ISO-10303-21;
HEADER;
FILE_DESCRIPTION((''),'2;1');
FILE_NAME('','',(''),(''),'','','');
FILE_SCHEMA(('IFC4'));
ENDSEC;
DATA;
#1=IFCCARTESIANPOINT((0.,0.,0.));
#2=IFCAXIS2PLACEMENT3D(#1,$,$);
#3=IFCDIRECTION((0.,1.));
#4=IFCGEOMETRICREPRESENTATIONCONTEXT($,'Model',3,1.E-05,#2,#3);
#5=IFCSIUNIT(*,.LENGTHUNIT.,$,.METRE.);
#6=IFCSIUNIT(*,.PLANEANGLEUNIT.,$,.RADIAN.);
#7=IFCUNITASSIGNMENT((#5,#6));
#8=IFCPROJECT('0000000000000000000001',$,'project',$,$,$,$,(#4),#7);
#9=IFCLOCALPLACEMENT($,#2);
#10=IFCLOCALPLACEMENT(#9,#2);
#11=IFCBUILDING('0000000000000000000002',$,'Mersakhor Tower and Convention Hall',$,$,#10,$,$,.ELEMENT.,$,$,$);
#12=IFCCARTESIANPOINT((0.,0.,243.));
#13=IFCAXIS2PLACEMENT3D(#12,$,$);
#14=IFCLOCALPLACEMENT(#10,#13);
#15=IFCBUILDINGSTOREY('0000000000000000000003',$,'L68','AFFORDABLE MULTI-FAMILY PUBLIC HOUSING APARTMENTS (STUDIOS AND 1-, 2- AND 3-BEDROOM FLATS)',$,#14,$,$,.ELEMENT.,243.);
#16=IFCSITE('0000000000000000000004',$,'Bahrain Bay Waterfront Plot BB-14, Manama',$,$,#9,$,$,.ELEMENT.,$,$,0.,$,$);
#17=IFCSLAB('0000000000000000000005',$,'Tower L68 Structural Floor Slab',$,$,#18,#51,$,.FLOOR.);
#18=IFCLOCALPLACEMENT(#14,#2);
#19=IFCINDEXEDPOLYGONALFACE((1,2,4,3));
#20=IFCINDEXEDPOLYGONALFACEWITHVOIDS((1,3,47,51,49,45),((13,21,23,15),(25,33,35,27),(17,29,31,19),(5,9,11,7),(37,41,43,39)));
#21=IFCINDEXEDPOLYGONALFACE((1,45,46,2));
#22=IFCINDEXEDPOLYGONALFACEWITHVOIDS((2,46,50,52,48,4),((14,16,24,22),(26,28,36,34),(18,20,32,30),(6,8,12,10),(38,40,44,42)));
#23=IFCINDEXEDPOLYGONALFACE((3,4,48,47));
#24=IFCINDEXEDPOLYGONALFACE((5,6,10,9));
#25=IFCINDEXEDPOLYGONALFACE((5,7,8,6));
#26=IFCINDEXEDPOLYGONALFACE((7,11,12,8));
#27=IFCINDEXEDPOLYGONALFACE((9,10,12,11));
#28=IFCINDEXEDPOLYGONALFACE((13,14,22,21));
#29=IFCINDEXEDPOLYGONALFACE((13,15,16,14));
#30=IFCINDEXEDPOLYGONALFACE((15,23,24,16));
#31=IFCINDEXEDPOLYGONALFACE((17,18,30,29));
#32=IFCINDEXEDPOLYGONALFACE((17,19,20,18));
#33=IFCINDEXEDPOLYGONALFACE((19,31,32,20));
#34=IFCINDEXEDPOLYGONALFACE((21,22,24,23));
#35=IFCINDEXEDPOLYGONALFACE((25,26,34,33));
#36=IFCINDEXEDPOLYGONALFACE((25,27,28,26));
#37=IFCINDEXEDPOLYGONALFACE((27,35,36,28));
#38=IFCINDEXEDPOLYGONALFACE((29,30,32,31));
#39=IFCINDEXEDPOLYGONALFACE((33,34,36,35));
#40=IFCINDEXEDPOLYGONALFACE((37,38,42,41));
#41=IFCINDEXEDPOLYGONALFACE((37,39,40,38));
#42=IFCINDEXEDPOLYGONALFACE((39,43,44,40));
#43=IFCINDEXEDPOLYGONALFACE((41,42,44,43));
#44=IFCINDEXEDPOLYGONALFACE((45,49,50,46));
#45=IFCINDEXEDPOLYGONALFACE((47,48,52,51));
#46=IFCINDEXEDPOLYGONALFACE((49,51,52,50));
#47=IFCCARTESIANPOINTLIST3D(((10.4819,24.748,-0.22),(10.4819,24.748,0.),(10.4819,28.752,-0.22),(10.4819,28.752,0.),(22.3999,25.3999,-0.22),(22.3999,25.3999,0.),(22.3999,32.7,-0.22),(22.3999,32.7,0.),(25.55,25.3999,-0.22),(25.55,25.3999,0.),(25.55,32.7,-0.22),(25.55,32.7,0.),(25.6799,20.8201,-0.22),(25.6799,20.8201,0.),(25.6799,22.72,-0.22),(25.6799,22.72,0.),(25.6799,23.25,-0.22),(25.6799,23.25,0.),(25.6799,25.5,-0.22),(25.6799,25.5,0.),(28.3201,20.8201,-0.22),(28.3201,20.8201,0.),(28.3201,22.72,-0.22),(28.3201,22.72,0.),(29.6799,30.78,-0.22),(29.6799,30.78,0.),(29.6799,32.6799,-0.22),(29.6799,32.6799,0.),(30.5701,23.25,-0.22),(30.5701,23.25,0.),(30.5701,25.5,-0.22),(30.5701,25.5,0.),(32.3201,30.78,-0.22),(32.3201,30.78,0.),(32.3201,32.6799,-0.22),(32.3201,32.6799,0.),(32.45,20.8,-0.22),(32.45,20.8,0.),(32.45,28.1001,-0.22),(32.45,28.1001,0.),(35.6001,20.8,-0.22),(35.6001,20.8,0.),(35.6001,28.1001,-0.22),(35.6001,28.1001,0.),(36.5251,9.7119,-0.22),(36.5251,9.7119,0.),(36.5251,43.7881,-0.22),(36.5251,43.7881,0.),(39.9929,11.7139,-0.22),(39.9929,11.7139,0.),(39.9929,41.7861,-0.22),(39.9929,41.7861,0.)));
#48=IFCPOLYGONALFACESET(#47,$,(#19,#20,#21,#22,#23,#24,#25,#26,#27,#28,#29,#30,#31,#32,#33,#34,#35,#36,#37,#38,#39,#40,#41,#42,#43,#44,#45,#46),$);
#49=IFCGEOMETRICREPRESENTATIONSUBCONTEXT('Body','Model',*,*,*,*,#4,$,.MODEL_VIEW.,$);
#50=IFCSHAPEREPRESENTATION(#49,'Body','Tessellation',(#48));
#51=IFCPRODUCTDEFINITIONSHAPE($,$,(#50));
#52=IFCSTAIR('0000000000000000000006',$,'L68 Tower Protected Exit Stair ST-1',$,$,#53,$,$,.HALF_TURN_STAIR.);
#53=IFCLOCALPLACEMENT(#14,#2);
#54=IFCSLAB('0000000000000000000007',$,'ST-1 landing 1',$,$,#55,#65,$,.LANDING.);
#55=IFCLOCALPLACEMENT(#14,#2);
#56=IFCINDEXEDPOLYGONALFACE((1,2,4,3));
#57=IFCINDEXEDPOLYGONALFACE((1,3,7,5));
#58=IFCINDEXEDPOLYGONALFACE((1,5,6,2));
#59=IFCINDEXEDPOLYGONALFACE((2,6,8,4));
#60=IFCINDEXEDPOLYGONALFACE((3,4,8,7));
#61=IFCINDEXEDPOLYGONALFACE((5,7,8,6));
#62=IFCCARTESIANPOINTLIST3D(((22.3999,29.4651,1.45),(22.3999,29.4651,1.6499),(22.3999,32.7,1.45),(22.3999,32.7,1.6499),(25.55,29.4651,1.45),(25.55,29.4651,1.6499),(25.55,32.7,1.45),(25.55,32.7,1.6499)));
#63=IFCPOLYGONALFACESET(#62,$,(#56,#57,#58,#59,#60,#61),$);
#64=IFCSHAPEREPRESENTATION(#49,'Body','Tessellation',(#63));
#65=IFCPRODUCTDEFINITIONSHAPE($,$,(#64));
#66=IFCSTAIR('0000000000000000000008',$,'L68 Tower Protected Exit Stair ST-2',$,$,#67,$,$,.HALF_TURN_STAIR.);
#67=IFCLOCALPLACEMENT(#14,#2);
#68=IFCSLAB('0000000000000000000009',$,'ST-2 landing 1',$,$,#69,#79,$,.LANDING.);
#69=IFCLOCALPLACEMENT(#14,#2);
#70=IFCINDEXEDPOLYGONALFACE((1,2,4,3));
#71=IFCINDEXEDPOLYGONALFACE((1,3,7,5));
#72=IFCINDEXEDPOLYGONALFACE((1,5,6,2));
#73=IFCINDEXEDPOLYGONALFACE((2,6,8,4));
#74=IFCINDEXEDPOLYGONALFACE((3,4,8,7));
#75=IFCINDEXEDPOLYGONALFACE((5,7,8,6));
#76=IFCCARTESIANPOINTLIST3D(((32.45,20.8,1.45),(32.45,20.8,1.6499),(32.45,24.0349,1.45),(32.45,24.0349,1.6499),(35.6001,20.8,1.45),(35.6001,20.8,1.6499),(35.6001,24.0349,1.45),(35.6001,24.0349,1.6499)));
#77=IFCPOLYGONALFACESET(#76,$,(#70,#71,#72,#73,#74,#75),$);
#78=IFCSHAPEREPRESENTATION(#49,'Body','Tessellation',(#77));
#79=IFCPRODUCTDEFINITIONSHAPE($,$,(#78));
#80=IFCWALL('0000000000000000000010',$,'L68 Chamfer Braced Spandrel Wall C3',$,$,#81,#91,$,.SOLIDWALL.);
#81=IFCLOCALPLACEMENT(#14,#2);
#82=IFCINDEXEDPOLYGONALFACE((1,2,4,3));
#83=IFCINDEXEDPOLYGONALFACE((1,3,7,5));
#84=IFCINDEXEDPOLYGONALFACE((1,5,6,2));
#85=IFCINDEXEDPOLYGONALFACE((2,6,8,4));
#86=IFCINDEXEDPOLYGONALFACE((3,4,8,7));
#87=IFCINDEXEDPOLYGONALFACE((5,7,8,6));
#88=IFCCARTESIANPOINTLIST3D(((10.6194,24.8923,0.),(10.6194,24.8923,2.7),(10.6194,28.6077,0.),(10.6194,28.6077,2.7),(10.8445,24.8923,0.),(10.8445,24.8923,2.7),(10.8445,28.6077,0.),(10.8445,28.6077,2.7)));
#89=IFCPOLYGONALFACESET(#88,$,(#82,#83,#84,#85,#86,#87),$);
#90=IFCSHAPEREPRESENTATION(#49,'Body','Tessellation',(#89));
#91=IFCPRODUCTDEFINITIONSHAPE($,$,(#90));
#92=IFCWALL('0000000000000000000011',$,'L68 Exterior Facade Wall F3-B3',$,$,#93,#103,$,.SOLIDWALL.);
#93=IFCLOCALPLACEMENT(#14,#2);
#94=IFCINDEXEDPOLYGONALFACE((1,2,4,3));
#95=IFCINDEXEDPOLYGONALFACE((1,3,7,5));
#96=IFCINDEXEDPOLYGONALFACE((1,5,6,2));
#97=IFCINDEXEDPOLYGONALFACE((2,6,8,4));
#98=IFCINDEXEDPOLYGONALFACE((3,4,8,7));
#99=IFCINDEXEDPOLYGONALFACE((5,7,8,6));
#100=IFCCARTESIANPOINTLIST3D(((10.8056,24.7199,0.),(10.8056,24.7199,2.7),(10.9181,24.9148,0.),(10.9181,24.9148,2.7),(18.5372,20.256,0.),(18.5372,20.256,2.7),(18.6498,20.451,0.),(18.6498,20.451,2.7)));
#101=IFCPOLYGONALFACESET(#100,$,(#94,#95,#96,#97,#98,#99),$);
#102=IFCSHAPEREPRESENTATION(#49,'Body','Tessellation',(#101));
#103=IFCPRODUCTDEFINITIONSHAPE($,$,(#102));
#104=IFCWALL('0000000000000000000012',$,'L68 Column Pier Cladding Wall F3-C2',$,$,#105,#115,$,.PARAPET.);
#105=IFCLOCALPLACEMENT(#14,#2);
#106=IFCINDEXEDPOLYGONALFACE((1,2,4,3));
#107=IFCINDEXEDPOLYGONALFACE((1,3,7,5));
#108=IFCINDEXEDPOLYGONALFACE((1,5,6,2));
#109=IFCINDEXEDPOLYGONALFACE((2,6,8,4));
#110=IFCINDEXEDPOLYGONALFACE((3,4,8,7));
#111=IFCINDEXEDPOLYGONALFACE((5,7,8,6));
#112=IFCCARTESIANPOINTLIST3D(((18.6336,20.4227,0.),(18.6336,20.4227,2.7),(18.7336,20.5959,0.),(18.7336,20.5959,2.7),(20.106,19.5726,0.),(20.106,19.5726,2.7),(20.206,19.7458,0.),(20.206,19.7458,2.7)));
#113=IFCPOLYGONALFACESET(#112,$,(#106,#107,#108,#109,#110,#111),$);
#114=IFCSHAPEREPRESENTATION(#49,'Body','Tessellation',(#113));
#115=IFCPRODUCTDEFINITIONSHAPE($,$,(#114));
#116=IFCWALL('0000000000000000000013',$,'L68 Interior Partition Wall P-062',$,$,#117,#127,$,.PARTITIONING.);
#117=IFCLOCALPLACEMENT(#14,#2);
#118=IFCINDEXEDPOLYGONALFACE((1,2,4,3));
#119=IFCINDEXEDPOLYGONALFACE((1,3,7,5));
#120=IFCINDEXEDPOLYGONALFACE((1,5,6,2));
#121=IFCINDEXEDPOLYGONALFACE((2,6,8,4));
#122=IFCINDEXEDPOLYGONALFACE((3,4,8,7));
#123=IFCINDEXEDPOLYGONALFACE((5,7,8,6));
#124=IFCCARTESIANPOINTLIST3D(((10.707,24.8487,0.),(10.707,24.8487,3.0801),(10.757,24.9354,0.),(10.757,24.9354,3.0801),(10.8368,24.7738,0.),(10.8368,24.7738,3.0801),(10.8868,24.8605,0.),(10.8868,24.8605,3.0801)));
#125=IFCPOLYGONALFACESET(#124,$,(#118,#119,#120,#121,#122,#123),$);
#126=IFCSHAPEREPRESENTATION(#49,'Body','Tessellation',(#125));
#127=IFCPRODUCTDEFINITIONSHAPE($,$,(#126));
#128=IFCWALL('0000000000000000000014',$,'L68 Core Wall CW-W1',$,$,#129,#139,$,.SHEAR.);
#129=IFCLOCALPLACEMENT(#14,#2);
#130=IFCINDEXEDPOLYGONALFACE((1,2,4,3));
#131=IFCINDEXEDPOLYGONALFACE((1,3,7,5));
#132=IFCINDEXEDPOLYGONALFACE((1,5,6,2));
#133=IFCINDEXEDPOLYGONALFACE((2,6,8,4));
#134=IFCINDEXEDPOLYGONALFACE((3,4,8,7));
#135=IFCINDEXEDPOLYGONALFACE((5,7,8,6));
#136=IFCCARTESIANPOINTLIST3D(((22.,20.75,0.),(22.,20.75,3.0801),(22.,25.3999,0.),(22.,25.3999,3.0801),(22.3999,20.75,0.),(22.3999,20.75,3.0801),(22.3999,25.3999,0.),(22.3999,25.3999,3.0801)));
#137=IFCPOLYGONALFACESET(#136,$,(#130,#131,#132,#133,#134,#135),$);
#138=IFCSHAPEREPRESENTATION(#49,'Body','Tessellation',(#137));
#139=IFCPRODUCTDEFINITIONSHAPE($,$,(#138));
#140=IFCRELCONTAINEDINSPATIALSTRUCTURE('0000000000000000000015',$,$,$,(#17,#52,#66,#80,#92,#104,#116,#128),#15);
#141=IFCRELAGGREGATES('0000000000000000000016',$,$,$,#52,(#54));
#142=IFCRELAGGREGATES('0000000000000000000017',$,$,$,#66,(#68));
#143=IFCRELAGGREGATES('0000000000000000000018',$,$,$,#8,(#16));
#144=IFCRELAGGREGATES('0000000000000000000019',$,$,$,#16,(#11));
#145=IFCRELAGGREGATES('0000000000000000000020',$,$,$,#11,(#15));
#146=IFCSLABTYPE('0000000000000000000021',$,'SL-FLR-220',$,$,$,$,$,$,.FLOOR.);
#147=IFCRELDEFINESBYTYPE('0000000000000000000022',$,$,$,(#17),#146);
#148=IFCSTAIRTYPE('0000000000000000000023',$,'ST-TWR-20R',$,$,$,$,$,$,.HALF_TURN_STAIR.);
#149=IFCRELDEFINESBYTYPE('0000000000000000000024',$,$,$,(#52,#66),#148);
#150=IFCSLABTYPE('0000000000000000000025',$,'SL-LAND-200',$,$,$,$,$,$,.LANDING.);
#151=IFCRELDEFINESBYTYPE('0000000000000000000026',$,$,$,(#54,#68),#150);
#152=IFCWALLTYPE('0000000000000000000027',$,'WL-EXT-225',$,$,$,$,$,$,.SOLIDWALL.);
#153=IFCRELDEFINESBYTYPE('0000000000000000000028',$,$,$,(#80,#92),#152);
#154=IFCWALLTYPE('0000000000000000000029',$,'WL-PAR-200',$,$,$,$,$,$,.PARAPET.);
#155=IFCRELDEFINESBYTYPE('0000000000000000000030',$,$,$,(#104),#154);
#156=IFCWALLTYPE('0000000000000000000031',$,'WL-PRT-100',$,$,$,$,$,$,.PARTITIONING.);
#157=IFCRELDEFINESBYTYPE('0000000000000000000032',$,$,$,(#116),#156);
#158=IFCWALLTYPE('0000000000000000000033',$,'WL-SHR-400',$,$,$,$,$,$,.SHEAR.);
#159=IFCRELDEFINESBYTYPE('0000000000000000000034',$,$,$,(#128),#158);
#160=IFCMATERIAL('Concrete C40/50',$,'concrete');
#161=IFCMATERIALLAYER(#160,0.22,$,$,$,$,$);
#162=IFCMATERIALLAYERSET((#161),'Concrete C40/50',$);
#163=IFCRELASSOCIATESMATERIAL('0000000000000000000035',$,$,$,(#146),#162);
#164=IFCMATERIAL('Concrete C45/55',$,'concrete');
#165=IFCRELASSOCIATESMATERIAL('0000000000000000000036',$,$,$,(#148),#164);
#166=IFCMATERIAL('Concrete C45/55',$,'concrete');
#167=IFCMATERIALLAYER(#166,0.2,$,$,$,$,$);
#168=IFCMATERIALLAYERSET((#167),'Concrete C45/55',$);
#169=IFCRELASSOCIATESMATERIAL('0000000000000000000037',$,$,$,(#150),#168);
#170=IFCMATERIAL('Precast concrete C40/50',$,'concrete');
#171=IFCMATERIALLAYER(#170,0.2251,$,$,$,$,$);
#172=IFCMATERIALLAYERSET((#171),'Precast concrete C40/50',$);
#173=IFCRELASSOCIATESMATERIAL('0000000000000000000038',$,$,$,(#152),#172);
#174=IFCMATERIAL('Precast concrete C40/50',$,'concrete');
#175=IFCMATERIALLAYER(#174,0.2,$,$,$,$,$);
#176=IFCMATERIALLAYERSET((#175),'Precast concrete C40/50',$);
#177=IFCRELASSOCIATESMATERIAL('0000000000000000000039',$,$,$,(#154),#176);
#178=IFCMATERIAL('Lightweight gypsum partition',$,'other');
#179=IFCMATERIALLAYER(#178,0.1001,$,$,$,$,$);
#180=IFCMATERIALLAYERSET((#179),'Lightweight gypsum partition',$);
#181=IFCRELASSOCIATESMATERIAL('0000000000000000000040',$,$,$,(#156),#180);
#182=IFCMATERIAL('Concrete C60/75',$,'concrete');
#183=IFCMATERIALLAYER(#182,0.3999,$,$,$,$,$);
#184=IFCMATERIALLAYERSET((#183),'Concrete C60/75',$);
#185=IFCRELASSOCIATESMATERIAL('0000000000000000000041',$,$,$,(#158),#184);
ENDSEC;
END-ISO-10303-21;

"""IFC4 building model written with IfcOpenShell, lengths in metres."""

from ifc_helpers import new_model, si_unit, direction, frame, frame_2d, origin, place, context, subcontext, project, spatial, polyline, rectangle, outline, extrude, material, layer, layer_set, type_object, element, aggregate, save


model = new_model("IFC4")

# Units and contexts
model_context = context("Model", 3, precision=1e-05, world=origin(), true_north=direction((0.0, 1.0)))
body_context = subcontext(model_context, "Body", "Model", "MODEL_VIEW")
ifc_project = project(units=[si_unit("LENGTHUNIT", "METRE"), si_unit("PLANEANGLEUNIT", "RADIAN")], contexts=[model_context])

# Site, building, storey
site_placement = place(None, origin())
site = spatial("IfcSite", under=ifc_project, at=site_placement, Name="Bahrain Bay Waterfront Plot BB-14, Manama", CompositionType="ELEMENT", RefElevation=0.0)
building_placement = place(site_placement, origin())
building = spatial("IfcBuilding", under=site, at=building_placement, Name="Mersakhor Tower and Convention Hall", CompositionType="ELEMENT")
storey_placement = place(building_placement, frame((0.0, 0.0, 243.0)))
storey = spatial("IfcBuildingStorey", under=building, at=storey_placement, Name="L68", Description="AFFORDABLE MULTI-FAMILY PUBLIC HOUSING APARTMENTS (STUDIOS AND 1-, 2- AND 3-BEDROOM FLATS)", CompositionType="ELEMENT", Elevation=243.0)

# Slab
ifc_material_1 = material(Name="Concrete C40/50", Category="concrete")
ifc_layer_1 = layer(ifc_material_1, 0.22)
ifc_layer_set_1 = layer_set([ifc_layer_1], Name="Concrete C40/50")
slab_type_1 = type_object("IfcSlabType", Name="SL-FLR-220", PredefinedType="FLOOR", material=ifc_layer_set_1)
slab_1_placement = place(storey_placement, frame((0.0, 0.0, -0.22)))
element("IfcSlab", 1, at=slab_1_placement, inside=storey, type_object=slab_type_1, Name="Tower L68 Structural Floor Slab", PredefinedType="FLOOR", context=body_context, shape_type="SweptSolid", body=[
    extrude(outline(polyline([(10.4819, 28.752), (36.5251, 43.7881), (39.9929, 41.7861), (39.9929, 11.7139), (36.5251, 9.7119), (10.4819, 24.748), (10.4819, 28.752)]), holes=[polyline([(25.55, 25.3999), (25.55, 32.7), (22.3999, 32.7), (22.3999, 25.3999), (25.55, 25.3999)]), polyline([(32.45, 28.1001), (32.45, 20.8), (35.6001, 20.8), (35.6001, 28.1001), (32.45, 28.1001)]), polyline([(25.6799, 20.8201), (25.6799, 22.72), (28.3201, 22.72), (28.3201, 20.8201), (25.6799, 20.8201)]), polyline([(29.6799, 30.78), (29.6799, 32.6799), (32.3201, 32.6799), (32.3201, 30.78), (29.6799, 30.78)]), polyline([(25.6799, 23.25), (25.6799, 25.5), (30.5701, 25.5), (30.5701, 23.25), (25.6799, 23.25)])]), origin(), (0.0, 0.0, 1.0), 0.22),
])

# Stairs, slabs
ifc_material_2 = material(Name="Concrete C45/55", Category="concrete")
stair_type = type_object("IfcStairType", Name="ST-TWR-20R", PredefinedType="HALF_TURN_STAIR", material=ifc_material_2)
stair_1_placement = place(storey_placement, origin())
stair_1 = element("IfcStair", 2, at=stair_1_placement, inside=storey, type_object=stair_type, Name="L68 Tower Protected Exit Stair ST-1", PredefinedType="HALF_TURN_STAIR")
ifc_material_3 = material(Name="Concrete C45/55", Category="concrete")
ifc_layer_2 = layer(ifc_material_3, 0.2)
ifc_layer_set_2 = layer_set([ifc_layer_2], Name="Concrete C45/55")
slab_type_2 = type_object("IfcSlabType", Name="SL-LAND-200", PredefinedType="LANDING", material=ifc_layer_set_2)
slab_2_placement = place(storey_placement, frame((0.0, 0.0, 1.45)))
slab_2 = element("IfcSlab", 3, at=slab_2_placement, type_object=slab_type_2, Name="ST-1 landing 1", PredefinedType="LANDING", context=body_context, shape_type="SweptSolid", body=[
    extrude(outline(polyline([(25.55, 29.4651), (25.55, 32.7), (22.3999, 32.7), (22.3999, 29.4651), (25.55, 29.4651)])), origin(), (0.0, 0.0, 1.0), 0.2),
])
aggregate(stair_1, [slab_2])
stair_2_placement = place(storey_placement, origin())
stair_2 = element("IfcStair", 4, at=stair_2_placement, inside=storey, type_object=stair_type, Name="L68 Tower Protected Exit Stair ST-2", PredefinedType="HALF_TURN_STAIR")
slab_3_placement = place(storey_placement, frame((0.0, 0.0, 1.45)))
slab_3 = element("IfcSlab", 5, at=slab_3_placement, type_object=slab_type_2, Name="ST-2 landing 1", PredefinedType="LANDING", context=body_context, shape_type="SweptSolid", body=[
    extrude(outline(polyline([(32.45, 24.0349), (32.45, 20.8), (35.6001, 20.8), (35.6001, 24.0349), (32.45, 24.0349)])), origin(), (0.0, 0.0, 1.0), 0.2),
])
aggregate(stair_2, [slab_3])

# Walls
ifc_material_4 = material(Name="Precast concrete C40/50", Category="concrete")
ifc_layer_3 = layer(ifc_material_4, 0.2251)
ifc_layer_set_3 = layer_set([ifc_layer_3], Name="Precast concrete C40/50")
wall_type_1 = type_object("IfcWallType", Name="WL-EXT-225", PredefinedType="SOLIDWALL", material=ifc_layer_set_3)
wall_1_placement = place(storey_placement, frame((10.7319, 24.8923, 0.0), z_axis=(0.0, 0.0, 1.0), x_axis=(0.0, 1.0, 0.0)))
element("IfcWall", 6, at=wall_1_placement, inside=storey, type_object=wall_type_1, Name="L68 Chamfer Braced Spandrel Wall C3", PredefinedType="SOLIDWALL", context=body_context, shape_type="SweptSolid", body=[
    extrude(rectangle(XDim=3.7153, YDim=0.2251, at=frame_2d((1.8577, 0.0))), origin(), (0.0, 0.0, 1.0), 2.7),
])
wall_2_placement = place(storey_placement, frame((18.5935, 20.3535, 0.0), z_axis=(0.0, 0.0, 1.0), x_axis=(-0.866027, 0.499998, 0.0)))
element("IfcWall", 7, at=wall_2_placement, inside=storey, type_object=wall_type_1, Name="L68 Exterior Facade Wall F3-B3", PredefinedType="SOLIDWALL", context=body_context, shape_type="SweptSolid", body=[
    extrude(rectangle(XDim=8.9277, YDim=0.2251, at=frame_2d((4.4639, 0.0))), origin(), (0.0, 0.0, 1.0), 2.7),
])
ifc_material_5 = material(Name="Precast concrete C40/50", Category="concrete")
ifc_layer_4 = layer(ifc_material_5, 0.2)
ifc_layer_set_4 = layer_set([ifc_layer_4], Name="Precast concrete C40/50")
wall_type_2 = type_object("IfcWallType", Name="WL-PAR-200", PredefinedType="PARAPET", material=ifc_layer_set_4)
wall_3_placement = place(storey_placement, frame((20.156, 19.6592, 0.0), z_axis=(0.0, 0.0, 1.0), x_axis=(-0.866025, 0.5, 0.0)))
element("IfcWall", 8, at=wall_3_placement, inside=storey, type_object=wall_type_2, Name="L68 Column Pier Cladding Wall F3-C2", PredefinedType="PARAPET", context=body_context, shape_type="SweptSolid", body=[
    extrude(rectangle(XDim=1.7002, YDim=0.2, at=frame_2d((0.8501, 0.0))), origin(), (0.0, 0.0, 1.0), 2.7),
])
ifc_material_6 = material(Name="Lightweight gypsum partition", Category="other")
ifc_layer_5 = layer(ifc_material_6, 0.1001)
ifc_layer_set_5 = layer_set([ifc_layer_5], Name="Lightweight gypsum partition")
wall_type_3 = type_object("IfcWallType", Name="WL-PRT-100", PredefinedType="PARTITIONING", material=ifc_layer_set_5)
wall_4_placement = place(storey_placement, frame((10.8618, 24.8171, 0.0), z_axis=(0.0, 0.0, 1.0), x_axis=(-0.866131, 0.499816, 0.0)))
element("IfcWall", 9, at=wall_4_placement, inside=storey, type_object=wall_type_3, Name="L68 Interior Partition Wall P-062", PredefinedType="PARTITIONING", context=body_context, shape_type="SweptSolid", body=[
    extrude(rectangle(XDim=0.1499, YDim=0.1001, at=frame_2d((0.075, 0.0))), origin(), (0.0, 0.0, 1.0), 3.0801),
])
ifc_material_7 = material(Name="Concrete C60/75", Category="concrete")
ifc_layer_6 = layer(ifc_material_7, 0.3999)
ifc_layer_set_6 = layer_set([ifc_layer_6], Name="Concrete C60/75")
wall_type_4 = type_object("IfcWallType", Name="WL-SHR-400", PredefinedType="SHEAR", material=ifc_layer_set_6)
wall_5_placement = place(storey_placement, frame((22.2, 20.75, 0.0), z_axis=(0.0, 0.0, 1.0), x_axis=(0.0, 1.0, 0.0)))
element("IfcWall", 10, at=wall_5_placement, inside=storey, type_object=wall_type_4, Name="L68 Core Wall CW-W1", PredefinedType="SHEAR", context=body_context, shape_type="SweptSolid", body=[
    extrude(rectangle(XDim=4.6499, YDim=0.3999, at=frame_2d((2.325, 0.0))), origin(), (0.0, 0.0, 1.0), 3.0801),
])

save(model, "model.ifc")
